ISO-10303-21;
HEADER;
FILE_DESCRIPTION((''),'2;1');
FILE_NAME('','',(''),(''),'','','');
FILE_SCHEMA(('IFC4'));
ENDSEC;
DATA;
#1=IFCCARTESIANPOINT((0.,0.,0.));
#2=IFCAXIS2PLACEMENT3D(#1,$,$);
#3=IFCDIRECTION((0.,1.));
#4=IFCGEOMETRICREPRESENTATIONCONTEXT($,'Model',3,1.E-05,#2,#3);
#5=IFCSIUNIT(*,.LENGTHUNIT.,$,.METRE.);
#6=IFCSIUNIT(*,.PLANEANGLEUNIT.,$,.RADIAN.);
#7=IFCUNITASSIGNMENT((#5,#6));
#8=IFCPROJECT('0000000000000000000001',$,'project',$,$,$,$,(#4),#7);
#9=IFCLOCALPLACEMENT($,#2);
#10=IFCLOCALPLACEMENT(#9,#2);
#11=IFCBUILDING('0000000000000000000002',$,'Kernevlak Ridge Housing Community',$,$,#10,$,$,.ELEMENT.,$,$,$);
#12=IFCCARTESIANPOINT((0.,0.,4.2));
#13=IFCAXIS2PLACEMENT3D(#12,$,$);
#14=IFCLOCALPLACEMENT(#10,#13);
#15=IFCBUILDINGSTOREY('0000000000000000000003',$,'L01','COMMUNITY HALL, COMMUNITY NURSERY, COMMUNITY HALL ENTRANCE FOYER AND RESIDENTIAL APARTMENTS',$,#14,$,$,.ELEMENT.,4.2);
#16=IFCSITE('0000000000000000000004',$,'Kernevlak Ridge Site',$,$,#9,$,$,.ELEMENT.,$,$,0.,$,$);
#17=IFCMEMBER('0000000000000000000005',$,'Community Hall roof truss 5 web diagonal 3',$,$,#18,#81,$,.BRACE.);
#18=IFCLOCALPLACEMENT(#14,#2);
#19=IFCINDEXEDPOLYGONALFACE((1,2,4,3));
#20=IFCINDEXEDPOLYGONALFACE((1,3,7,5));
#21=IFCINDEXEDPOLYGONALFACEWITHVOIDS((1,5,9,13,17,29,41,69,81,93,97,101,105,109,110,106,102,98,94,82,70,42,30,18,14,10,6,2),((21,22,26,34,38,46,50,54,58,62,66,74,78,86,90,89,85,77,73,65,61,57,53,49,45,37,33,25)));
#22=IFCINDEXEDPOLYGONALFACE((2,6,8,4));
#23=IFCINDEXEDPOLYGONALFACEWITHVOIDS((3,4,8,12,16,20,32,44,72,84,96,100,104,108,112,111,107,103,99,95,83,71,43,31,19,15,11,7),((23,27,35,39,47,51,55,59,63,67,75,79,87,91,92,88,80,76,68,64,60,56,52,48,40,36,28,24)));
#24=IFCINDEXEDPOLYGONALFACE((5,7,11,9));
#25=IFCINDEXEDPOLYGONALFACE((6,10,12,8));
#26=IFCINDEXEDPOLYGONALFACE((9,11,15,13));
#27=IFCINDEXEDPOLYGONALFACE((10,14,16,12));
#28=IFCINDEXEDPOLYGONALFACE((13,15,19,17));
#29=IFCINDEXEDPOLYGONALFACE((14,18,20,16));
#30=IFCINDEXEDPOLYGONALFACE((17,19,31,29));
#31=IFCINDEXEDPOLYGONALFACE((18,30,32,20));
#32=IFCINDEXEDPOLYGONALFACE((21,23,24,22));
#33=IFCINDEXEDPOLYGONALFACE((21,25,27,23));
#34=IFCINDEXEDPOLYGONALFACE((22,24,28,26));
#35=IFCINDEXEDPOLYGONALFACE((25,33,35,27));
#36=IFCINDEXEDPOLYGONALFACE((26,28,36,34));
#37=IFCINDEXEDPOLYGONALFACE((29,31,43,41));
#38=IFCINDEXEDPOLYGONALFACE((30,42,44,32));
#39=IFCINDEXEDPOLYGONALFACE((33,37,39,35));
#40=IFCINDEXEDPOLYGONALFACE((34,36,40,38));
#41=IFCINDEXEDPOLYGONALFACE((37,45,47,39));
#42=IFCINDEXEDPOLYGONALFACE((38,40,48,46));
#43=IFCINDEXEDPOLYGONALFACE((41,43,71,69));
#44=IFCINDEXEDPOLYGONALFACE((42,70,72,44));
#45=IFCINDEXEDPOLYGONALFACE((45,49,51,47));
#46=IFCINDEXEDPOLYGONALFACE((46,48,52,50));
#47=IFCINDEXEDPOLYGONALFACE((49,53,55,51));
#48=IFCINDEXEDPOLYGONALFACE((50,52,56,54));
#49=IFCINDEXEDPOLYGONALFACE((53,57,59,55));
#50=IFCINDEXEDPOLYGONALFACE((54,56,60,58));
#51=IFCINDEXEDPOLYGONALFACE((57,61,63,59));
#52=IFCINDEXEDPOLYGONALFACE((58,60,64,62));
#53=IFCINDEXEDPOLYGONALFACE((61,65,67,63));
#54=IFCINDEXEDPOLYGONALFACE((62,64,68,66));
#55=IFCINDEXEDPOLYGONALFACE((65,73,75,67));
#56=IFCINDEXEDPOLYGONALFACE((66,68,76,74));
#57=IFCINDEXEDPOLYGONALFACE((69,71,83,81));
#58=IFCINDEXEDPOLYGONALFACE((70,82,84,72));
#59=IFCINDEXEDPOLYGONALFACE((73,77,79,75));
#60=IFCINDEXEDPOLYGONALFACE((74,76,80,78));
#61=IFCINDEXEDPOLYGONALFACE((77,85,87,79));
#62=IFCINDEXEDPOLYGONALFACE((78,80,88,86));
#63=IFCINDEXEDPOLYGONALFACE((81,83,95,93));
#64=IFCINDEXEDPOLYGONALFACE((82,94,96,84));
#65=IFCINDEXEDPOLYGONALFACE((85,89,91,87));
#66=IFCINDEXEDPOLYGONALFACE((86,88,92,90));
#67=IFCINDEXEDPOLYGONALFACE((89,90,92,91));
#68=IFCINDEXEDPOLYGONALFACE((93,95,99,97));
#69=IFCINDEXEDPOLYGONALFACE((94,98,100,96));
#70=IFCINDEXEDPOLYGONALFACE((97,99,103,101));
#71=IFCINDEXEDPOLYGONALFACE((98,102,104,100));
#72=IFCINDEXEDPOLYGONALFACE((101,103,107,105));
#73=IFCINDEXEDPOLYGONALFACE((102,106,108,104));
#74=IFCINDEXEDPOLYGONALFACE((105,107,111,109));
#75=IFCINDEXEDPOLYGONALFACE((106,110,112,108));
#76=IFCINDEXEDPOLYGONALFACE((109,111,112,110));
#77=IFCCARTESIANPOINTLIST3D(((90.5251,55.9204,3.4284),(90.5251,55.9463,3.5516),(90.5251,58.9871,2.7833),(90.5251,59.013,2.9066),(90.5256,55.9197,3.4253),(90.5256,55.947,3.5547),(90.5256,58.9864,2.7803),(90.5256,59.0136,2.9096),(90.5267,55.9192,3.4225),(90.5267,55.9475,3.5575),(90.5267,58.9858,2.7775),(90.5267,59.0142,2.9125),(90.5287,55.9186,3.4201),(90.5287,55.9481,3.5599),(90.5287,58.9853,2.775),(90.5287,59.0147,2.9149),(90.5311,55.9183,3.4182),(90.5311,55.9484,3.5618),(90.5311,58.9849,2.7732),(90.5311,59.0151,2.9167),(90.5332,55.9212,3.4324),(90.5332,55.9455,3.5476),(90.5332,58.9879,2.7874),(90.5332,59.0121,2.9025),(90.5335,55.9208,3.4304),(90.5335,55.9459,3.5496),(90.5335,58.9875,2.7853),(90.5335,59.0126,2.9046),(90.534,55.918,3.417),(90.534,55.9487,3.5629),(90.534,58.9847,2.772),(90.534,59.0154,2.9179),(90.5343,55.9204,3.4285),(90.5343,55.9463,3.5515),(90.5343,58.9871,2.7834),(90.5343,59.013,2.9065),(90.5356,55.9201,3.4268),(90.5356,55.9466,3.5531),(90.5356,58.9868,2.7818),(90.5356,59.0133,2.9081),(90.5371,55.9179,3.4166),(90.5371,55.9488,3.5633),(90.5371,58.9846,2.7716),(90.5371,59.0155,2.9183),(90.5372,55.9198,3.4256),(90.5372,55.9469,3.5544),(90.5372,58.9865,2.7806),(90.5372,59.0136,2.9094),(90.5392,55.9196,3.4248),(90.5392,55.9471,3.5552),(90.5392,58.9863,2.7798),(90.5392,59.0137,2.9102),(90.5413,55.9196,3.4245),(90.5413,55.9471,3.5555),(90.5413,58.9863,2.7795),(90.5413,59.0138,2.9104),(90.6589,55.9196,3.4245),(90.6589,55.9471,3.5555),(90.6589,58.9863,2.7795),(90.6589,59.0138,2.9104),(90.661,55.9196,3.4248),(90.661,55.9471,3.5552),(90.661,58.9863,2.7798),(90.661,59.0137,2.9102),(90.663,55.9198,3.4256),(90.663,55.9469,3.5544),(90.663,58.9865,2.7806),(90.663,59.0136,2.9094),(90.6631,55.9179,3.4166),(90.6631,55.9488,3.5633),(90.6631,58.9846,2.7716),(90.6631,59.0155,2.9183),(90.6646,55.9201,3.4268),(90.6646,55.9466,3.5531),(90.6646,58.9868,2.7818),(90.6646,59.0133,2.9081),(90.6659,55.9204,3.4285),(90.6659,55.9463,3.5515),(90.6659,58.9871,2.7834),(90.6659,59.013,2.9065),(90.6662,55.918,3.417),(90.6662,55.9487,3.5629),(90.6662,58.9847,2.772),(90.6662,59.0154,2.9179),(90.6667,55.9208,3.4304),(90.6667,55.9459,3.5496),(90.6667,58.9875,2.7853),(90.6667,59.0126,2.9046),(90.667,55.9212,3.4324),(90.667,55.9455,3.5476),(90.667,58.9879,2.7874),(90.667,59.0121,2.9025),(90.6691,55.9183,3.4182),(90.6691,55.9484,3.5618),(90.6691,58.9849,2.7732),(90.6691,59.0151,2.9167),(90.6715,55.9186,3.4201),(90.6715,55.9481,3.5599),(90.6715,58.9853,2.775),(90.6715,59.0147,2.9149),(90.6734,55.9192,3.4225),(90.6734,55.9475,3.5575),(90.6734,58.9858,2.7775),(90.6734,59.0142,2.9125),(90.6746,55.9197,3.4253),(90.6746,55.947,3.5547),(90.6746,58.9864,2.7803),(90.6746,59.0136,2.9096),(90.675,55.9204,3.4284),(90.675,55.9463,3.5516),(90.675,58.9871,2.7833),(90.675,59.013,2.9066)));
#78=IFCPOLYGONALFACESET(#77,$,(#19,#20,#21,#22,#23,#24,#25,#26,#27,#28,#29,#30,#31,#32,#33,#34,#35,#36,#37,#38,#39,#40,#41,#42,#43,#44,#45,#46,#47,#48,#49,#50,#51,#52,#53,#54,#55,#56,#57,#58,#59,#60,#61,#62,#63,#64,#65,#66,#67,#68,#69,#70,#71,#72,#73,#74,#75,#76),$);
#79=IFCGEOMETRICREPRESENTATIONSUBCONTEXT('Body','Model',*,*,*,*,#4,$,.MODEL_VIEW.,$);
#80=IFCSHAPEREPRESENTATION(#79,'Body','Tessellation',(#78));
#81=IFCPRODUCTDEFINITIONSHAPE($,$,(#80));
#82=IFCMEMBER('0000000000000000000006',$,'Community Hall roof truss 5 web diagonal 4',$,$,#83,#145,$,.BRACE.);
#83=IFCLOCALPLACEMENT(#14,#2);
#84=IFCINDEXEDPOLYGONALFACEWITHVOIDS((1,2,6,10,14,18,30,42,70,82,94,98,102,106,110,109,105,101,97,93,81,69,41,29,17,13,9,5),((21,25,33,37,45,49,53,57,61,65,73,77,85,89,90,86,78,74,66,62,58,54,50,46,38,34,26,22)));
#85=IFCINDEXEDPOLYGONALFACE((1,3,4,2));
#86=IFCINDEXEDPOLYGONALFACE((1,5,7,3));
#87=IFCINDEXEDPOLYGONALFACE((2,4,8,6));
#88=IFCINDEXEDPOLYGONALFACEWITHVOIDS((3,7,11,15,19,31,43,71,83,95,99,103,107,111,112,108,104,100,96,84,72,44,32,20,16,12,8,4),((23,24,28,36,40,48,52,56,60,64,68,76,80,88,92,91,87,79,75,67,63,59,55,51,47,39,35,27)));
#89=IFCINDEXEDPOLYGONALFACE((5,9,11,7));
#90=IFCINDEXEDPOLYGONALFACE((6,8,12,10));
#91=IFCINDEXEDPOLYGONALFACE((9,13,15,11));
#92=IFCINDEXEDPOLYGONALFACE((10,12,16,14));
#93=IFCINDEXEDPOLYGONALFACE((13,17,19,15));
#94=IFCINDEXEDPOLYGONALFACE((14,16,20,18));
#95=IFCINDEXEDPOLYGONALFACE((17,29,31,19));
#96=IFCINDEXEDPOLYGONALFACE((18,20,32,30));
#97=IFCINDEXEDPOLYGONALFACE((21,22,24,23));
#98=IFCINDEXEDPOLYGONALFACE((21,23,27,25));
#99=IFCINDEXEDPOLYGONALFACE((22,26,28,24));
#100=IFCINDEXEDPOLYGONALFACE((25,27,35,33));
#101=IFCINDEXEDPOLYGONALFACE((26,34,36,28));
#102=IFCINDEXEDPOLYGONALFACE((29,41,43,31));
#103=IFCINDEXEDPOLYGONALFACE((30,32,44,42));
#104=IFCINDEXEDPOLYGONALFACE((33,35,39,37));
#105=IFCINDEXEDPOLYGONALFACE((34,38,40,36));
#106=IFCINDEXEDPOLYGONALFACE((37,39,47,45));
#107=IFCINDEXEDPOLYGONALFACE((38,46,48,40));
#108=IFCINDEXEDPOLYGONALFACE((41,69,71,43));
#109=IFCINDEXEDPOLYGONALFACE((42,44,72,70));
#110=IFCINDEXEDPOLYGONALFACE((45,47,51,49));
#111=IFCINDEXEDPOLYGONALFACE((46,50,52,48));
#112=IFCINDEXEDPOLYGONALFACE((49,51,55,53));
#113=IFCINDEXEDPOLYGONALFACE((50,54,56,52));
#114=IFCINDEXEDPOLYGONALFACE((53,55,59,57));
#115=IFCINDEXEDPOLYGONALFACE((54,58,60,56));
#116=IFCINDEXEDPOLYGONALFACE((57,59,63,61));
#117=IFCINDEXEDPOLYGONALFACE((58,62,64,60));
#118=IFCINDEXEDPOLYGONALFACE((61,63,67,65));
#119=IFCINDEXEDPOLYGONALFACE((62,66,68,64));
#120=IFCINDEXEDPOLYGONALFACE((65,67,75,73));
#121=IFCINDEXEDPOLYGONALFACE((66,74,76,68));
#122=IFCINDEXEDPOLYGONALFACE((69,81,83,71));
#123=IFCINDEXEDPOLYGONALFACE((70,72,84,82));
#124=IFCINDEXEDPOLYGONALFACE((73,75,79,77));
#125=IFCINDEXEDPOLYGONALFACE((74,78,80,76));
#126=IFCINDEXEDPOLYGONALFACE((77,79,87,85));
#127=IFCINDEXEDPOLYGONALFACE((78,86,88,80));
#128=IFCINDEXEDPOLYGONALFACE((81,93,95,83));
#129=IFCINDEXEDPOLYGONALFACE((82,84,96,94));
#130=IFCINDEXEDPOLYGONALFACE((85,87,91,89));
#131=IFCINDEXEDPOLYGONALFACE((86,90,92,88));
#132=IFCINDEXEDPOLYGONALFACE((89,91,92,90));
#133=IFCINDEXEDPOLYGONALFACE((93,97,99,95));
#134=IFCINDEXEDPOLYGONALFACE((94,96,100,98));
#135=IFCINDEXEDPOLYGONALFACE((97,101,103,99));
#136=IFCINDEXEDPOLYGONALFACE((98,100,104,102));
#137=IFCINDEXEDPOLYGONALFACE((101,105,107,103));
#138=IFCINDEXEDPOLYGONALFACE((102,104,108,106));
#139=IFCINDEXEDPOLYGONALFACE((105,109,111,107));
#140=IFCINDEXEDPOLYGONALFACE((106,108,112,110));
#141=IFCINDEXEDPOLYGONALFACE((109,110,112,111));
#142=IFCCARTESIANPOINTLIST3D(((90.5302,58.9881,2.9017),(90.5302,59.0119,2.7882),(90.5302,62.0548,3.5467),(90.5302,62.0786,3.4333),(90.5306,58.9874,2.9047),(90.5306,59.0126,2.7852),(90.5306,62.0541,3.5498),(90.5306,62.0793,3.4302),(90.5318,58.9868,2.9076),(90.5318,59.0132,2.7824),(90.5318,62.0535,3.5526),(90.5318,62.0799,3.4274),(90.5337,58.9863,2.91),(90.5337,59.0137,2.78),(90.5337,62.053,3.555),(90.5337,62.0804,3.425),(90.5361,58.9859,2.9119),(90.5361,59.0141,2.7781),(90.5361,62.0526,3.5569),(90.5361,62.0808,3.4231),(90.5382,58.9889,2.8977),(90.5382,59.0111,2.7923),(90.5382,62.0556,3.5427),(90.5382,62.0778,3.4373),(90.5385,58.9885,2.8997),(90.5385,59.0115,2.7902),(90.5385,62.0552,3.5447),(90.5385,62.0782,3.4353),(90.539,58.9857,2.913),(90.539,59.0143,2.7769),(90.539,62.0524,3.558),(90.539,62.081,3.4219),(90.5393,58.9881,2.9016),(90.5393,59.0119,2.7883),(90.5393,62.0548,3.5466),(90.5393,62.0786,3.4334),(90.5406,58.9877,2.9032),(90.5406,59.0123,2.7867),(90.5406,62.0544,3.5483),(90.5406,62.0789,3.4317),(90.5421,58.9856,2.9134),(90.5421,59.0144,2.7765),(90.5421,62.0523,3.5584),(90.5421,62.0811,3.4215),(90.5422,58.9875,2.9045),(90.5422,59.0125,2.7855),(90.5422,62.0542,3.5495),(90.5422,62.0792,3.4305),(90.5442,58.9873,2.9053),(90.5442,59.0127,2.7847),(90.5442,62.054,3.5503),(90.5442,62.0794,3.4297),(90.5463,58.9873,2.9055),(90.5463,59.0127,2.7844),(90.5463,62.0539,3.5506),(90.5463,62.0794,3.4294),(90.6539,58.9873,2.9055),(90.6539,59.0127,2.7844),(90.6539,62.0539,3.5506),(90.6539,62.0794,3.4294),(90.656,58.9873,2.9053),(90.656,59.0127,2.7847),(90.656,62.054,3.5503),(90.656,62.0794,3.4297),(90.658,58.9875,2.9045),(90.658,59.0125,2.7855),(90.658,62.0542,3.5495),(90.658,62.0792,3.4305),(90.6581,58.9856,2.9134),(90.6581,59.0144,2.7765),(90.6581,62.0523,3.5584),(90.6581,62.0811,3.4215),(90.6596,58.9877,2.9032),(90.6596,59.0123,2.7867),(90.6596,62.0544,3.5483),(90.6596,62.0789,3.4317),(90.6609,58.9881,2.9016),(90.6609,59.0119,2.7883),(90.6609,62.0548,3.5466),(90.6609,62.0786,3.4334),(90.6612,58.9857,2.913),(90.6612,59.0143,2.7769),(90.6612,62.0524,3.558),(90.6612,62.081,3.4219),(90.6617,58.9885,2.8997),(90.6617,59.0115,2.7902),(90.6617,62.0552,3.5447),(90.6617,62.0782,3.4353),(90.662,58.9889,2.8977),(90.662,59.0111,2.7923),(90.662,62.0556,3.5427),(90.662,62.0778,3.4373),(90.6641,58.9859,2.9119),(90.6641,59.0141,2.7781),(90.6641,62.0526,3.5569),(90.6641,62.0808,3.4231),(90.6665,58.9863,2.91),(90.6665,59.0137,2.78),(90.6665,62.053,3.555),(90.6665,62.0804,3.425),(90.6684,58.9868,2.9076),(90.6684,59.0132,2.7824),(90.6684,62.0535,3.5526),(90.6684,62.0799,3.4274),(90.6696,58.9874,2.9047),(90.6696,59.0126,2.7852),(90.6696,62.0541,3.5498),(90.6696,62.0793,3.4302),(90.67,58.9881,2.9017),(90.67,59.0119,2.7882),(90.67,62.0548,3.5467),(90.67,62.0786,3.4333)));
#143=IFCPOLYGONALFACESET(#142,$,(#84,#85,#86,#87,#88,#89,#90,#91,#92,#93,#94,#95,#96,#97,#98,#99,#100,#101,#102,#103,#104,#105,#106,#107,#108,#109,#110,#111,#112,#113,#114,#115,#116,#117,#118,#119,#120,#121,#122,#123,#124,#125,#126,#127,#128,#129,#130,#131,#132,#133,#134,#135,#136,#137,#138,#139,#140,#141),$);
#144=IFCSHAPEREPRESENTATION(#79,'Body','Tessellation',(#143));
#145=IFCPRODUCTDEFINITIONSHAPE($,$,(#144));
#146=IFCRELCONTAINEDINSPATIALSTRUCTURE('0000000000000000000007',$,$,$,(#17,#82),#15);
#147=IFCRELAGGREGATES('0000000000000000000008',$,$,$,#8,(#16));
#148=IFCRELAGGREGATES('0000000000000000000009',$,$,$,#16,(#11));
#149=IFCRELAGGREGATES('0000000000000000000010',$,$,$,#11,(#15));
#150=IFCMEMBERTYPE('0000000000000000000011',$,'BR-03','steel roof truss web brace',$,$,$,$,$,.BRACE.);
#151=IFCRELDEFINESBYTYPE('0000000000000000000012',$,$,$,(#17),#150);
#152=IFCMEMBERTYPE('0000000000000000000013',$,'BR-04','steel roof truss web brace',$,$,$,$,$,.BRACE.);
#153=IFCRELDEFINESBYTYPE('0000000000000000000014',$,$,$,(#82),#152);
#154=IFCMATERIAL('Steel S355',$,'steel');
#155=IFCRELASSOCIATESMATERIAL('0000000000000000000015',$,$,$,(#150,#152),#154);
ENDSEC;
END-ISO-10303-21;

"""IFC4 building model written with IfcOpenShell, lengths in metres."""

from ifc_helpers import new_model, si_unit, direction, frame, origin, origin_2d, place, context, subcontext, project, spatial, hollow_rectangle, extrude, material, material_profile, profile_set, type_object, element, save


model = new_model("IFC4")

# Units and contexts
model_context = context("Model", 3, precision=1e-05, world=origin(), true_north=direction((0.0, 1.0)))
body_context = subcontext(model_context, "Body", "Model", "MODEL_VIEW")
ifc_project = project(units=[si_unit("LENGTHUNIT", "METRE"), si_unit("PLANEANGLEUNIT", "RADIAN")], contexts=[model_context])

# Site, building, storey
site_placement = place(None, origin())
site = spatial("IfcSite", under=ifc_project, at=site_placement, Name="Kernevlak Ridge Site", CompositionType="ELEMENT", RefElevation=0.0)
building_placement = place(site_placement, origin())
building = spatial("IfcBuilding", under=site, at=building_placement, Name="Kernevlak Ridge Housing Community", CompositionType="ELEMENT")
storey_placement = place(building_placement, frame((0.0, 0.0, 4.2)))
storey = spatial("IfcBuildingStorey", under=building, at=storey_placement, Name="L01", Description="COMMUNITY HALL, COMMUNITY NURSERY, COMMUNITY HALL ENTRANCE FOYER AND RESIDENTIAL APARTMENTS", CompositionType="ELEMENT", Elevation=4.2)

# Members
ifc_material_1 = material(Name="Steel S355", Category="steel")
ifc_material_profile_1 = material_profile(ifc_material_1, hollow_rectangle(XDim=0.1499, YDim=0.1499, WallThickness=0.0081, InnerFilletRadius=0.0081, OuterFilletRadius=0.012, at=origin_2d()), Name="SHS 150x150x8")
ifc_profile_set_1 = profile_set([ifc_material_profile_1], Name="Steel S355")
member_type_1 = type_object("IfcMemberType", Name="BR-03", Description="steel roof truss web brace", PredefinedType="BRACE", material=ifc_profile_set_1)
member_1_placement = place(storey_placement, frame((90.6001, 55.9333, 3.49), z_axis=(0.0, 0.978588, -0.20583), x_axis=(-1.0, 0.0, 0.0)))
element("IfcMember", 1, at=member_1_placement, inside=storey, type_object=member_type_1, Name="Community Hall roof truss 5 web diagonal 3", PredefinedType="BRACE", context=body_context, shape_type="SweptSolid", body=[
    extrude(hollow_rectangle(XDim=0.1499, YDim=0.1499, WallThickness=0.0081, InnerFilletRadius=0.0081, OuterFilletRadius=0.012, at=origin_2d()), origin(), (0.0, 0.0, 1.0), 3.1338),
])
ifc_material_profile_2 = material_profile(ifc_material_1, hollow_rectangle(XDim=0.1399, YDim=0.1399, WallThickness=0.0081, InnerFilletRadius=0.0081, OuterFilletRadius=0.012, at=origin_2d()), Name="SHS 140x140x8")
ifc_profile_set_2 = profile_set([ifc_material_profile_2], Name="Steel S355")
member_type_2 = type_object("IfcMemberType", Name="BR-04", Description="steel roof truss web brace", PredefinedType="BRACE", material=ifc_profile_set_2)
member_2_placement = place(storey_placement, frame((90.6001, 59.0, 2.845), z_axis=(0.0, 0.978588, 0.20583), x_axis=(-1.0, 0.0, 0.0)))
element("IfcMember", 2, at=member_2_placement, inside=storey, type_object=member_type_2, Name="Community Hall roof truss 5 web diagonal 4", PredefinedType="BRACE", context=body_context, shape_type="SweptSolid", body=[
    extrude(hollow_rectangle(XDim=0.1399, YDim=0.1399, WallThickness=0.0081, InnerFilletRadius=0.0081, OuterFilletRadius=0.012, at=origin_2d()), origin(), (0.0, 0.0, 1.0), 3.1338),
])

save(model, "model.ifc")
